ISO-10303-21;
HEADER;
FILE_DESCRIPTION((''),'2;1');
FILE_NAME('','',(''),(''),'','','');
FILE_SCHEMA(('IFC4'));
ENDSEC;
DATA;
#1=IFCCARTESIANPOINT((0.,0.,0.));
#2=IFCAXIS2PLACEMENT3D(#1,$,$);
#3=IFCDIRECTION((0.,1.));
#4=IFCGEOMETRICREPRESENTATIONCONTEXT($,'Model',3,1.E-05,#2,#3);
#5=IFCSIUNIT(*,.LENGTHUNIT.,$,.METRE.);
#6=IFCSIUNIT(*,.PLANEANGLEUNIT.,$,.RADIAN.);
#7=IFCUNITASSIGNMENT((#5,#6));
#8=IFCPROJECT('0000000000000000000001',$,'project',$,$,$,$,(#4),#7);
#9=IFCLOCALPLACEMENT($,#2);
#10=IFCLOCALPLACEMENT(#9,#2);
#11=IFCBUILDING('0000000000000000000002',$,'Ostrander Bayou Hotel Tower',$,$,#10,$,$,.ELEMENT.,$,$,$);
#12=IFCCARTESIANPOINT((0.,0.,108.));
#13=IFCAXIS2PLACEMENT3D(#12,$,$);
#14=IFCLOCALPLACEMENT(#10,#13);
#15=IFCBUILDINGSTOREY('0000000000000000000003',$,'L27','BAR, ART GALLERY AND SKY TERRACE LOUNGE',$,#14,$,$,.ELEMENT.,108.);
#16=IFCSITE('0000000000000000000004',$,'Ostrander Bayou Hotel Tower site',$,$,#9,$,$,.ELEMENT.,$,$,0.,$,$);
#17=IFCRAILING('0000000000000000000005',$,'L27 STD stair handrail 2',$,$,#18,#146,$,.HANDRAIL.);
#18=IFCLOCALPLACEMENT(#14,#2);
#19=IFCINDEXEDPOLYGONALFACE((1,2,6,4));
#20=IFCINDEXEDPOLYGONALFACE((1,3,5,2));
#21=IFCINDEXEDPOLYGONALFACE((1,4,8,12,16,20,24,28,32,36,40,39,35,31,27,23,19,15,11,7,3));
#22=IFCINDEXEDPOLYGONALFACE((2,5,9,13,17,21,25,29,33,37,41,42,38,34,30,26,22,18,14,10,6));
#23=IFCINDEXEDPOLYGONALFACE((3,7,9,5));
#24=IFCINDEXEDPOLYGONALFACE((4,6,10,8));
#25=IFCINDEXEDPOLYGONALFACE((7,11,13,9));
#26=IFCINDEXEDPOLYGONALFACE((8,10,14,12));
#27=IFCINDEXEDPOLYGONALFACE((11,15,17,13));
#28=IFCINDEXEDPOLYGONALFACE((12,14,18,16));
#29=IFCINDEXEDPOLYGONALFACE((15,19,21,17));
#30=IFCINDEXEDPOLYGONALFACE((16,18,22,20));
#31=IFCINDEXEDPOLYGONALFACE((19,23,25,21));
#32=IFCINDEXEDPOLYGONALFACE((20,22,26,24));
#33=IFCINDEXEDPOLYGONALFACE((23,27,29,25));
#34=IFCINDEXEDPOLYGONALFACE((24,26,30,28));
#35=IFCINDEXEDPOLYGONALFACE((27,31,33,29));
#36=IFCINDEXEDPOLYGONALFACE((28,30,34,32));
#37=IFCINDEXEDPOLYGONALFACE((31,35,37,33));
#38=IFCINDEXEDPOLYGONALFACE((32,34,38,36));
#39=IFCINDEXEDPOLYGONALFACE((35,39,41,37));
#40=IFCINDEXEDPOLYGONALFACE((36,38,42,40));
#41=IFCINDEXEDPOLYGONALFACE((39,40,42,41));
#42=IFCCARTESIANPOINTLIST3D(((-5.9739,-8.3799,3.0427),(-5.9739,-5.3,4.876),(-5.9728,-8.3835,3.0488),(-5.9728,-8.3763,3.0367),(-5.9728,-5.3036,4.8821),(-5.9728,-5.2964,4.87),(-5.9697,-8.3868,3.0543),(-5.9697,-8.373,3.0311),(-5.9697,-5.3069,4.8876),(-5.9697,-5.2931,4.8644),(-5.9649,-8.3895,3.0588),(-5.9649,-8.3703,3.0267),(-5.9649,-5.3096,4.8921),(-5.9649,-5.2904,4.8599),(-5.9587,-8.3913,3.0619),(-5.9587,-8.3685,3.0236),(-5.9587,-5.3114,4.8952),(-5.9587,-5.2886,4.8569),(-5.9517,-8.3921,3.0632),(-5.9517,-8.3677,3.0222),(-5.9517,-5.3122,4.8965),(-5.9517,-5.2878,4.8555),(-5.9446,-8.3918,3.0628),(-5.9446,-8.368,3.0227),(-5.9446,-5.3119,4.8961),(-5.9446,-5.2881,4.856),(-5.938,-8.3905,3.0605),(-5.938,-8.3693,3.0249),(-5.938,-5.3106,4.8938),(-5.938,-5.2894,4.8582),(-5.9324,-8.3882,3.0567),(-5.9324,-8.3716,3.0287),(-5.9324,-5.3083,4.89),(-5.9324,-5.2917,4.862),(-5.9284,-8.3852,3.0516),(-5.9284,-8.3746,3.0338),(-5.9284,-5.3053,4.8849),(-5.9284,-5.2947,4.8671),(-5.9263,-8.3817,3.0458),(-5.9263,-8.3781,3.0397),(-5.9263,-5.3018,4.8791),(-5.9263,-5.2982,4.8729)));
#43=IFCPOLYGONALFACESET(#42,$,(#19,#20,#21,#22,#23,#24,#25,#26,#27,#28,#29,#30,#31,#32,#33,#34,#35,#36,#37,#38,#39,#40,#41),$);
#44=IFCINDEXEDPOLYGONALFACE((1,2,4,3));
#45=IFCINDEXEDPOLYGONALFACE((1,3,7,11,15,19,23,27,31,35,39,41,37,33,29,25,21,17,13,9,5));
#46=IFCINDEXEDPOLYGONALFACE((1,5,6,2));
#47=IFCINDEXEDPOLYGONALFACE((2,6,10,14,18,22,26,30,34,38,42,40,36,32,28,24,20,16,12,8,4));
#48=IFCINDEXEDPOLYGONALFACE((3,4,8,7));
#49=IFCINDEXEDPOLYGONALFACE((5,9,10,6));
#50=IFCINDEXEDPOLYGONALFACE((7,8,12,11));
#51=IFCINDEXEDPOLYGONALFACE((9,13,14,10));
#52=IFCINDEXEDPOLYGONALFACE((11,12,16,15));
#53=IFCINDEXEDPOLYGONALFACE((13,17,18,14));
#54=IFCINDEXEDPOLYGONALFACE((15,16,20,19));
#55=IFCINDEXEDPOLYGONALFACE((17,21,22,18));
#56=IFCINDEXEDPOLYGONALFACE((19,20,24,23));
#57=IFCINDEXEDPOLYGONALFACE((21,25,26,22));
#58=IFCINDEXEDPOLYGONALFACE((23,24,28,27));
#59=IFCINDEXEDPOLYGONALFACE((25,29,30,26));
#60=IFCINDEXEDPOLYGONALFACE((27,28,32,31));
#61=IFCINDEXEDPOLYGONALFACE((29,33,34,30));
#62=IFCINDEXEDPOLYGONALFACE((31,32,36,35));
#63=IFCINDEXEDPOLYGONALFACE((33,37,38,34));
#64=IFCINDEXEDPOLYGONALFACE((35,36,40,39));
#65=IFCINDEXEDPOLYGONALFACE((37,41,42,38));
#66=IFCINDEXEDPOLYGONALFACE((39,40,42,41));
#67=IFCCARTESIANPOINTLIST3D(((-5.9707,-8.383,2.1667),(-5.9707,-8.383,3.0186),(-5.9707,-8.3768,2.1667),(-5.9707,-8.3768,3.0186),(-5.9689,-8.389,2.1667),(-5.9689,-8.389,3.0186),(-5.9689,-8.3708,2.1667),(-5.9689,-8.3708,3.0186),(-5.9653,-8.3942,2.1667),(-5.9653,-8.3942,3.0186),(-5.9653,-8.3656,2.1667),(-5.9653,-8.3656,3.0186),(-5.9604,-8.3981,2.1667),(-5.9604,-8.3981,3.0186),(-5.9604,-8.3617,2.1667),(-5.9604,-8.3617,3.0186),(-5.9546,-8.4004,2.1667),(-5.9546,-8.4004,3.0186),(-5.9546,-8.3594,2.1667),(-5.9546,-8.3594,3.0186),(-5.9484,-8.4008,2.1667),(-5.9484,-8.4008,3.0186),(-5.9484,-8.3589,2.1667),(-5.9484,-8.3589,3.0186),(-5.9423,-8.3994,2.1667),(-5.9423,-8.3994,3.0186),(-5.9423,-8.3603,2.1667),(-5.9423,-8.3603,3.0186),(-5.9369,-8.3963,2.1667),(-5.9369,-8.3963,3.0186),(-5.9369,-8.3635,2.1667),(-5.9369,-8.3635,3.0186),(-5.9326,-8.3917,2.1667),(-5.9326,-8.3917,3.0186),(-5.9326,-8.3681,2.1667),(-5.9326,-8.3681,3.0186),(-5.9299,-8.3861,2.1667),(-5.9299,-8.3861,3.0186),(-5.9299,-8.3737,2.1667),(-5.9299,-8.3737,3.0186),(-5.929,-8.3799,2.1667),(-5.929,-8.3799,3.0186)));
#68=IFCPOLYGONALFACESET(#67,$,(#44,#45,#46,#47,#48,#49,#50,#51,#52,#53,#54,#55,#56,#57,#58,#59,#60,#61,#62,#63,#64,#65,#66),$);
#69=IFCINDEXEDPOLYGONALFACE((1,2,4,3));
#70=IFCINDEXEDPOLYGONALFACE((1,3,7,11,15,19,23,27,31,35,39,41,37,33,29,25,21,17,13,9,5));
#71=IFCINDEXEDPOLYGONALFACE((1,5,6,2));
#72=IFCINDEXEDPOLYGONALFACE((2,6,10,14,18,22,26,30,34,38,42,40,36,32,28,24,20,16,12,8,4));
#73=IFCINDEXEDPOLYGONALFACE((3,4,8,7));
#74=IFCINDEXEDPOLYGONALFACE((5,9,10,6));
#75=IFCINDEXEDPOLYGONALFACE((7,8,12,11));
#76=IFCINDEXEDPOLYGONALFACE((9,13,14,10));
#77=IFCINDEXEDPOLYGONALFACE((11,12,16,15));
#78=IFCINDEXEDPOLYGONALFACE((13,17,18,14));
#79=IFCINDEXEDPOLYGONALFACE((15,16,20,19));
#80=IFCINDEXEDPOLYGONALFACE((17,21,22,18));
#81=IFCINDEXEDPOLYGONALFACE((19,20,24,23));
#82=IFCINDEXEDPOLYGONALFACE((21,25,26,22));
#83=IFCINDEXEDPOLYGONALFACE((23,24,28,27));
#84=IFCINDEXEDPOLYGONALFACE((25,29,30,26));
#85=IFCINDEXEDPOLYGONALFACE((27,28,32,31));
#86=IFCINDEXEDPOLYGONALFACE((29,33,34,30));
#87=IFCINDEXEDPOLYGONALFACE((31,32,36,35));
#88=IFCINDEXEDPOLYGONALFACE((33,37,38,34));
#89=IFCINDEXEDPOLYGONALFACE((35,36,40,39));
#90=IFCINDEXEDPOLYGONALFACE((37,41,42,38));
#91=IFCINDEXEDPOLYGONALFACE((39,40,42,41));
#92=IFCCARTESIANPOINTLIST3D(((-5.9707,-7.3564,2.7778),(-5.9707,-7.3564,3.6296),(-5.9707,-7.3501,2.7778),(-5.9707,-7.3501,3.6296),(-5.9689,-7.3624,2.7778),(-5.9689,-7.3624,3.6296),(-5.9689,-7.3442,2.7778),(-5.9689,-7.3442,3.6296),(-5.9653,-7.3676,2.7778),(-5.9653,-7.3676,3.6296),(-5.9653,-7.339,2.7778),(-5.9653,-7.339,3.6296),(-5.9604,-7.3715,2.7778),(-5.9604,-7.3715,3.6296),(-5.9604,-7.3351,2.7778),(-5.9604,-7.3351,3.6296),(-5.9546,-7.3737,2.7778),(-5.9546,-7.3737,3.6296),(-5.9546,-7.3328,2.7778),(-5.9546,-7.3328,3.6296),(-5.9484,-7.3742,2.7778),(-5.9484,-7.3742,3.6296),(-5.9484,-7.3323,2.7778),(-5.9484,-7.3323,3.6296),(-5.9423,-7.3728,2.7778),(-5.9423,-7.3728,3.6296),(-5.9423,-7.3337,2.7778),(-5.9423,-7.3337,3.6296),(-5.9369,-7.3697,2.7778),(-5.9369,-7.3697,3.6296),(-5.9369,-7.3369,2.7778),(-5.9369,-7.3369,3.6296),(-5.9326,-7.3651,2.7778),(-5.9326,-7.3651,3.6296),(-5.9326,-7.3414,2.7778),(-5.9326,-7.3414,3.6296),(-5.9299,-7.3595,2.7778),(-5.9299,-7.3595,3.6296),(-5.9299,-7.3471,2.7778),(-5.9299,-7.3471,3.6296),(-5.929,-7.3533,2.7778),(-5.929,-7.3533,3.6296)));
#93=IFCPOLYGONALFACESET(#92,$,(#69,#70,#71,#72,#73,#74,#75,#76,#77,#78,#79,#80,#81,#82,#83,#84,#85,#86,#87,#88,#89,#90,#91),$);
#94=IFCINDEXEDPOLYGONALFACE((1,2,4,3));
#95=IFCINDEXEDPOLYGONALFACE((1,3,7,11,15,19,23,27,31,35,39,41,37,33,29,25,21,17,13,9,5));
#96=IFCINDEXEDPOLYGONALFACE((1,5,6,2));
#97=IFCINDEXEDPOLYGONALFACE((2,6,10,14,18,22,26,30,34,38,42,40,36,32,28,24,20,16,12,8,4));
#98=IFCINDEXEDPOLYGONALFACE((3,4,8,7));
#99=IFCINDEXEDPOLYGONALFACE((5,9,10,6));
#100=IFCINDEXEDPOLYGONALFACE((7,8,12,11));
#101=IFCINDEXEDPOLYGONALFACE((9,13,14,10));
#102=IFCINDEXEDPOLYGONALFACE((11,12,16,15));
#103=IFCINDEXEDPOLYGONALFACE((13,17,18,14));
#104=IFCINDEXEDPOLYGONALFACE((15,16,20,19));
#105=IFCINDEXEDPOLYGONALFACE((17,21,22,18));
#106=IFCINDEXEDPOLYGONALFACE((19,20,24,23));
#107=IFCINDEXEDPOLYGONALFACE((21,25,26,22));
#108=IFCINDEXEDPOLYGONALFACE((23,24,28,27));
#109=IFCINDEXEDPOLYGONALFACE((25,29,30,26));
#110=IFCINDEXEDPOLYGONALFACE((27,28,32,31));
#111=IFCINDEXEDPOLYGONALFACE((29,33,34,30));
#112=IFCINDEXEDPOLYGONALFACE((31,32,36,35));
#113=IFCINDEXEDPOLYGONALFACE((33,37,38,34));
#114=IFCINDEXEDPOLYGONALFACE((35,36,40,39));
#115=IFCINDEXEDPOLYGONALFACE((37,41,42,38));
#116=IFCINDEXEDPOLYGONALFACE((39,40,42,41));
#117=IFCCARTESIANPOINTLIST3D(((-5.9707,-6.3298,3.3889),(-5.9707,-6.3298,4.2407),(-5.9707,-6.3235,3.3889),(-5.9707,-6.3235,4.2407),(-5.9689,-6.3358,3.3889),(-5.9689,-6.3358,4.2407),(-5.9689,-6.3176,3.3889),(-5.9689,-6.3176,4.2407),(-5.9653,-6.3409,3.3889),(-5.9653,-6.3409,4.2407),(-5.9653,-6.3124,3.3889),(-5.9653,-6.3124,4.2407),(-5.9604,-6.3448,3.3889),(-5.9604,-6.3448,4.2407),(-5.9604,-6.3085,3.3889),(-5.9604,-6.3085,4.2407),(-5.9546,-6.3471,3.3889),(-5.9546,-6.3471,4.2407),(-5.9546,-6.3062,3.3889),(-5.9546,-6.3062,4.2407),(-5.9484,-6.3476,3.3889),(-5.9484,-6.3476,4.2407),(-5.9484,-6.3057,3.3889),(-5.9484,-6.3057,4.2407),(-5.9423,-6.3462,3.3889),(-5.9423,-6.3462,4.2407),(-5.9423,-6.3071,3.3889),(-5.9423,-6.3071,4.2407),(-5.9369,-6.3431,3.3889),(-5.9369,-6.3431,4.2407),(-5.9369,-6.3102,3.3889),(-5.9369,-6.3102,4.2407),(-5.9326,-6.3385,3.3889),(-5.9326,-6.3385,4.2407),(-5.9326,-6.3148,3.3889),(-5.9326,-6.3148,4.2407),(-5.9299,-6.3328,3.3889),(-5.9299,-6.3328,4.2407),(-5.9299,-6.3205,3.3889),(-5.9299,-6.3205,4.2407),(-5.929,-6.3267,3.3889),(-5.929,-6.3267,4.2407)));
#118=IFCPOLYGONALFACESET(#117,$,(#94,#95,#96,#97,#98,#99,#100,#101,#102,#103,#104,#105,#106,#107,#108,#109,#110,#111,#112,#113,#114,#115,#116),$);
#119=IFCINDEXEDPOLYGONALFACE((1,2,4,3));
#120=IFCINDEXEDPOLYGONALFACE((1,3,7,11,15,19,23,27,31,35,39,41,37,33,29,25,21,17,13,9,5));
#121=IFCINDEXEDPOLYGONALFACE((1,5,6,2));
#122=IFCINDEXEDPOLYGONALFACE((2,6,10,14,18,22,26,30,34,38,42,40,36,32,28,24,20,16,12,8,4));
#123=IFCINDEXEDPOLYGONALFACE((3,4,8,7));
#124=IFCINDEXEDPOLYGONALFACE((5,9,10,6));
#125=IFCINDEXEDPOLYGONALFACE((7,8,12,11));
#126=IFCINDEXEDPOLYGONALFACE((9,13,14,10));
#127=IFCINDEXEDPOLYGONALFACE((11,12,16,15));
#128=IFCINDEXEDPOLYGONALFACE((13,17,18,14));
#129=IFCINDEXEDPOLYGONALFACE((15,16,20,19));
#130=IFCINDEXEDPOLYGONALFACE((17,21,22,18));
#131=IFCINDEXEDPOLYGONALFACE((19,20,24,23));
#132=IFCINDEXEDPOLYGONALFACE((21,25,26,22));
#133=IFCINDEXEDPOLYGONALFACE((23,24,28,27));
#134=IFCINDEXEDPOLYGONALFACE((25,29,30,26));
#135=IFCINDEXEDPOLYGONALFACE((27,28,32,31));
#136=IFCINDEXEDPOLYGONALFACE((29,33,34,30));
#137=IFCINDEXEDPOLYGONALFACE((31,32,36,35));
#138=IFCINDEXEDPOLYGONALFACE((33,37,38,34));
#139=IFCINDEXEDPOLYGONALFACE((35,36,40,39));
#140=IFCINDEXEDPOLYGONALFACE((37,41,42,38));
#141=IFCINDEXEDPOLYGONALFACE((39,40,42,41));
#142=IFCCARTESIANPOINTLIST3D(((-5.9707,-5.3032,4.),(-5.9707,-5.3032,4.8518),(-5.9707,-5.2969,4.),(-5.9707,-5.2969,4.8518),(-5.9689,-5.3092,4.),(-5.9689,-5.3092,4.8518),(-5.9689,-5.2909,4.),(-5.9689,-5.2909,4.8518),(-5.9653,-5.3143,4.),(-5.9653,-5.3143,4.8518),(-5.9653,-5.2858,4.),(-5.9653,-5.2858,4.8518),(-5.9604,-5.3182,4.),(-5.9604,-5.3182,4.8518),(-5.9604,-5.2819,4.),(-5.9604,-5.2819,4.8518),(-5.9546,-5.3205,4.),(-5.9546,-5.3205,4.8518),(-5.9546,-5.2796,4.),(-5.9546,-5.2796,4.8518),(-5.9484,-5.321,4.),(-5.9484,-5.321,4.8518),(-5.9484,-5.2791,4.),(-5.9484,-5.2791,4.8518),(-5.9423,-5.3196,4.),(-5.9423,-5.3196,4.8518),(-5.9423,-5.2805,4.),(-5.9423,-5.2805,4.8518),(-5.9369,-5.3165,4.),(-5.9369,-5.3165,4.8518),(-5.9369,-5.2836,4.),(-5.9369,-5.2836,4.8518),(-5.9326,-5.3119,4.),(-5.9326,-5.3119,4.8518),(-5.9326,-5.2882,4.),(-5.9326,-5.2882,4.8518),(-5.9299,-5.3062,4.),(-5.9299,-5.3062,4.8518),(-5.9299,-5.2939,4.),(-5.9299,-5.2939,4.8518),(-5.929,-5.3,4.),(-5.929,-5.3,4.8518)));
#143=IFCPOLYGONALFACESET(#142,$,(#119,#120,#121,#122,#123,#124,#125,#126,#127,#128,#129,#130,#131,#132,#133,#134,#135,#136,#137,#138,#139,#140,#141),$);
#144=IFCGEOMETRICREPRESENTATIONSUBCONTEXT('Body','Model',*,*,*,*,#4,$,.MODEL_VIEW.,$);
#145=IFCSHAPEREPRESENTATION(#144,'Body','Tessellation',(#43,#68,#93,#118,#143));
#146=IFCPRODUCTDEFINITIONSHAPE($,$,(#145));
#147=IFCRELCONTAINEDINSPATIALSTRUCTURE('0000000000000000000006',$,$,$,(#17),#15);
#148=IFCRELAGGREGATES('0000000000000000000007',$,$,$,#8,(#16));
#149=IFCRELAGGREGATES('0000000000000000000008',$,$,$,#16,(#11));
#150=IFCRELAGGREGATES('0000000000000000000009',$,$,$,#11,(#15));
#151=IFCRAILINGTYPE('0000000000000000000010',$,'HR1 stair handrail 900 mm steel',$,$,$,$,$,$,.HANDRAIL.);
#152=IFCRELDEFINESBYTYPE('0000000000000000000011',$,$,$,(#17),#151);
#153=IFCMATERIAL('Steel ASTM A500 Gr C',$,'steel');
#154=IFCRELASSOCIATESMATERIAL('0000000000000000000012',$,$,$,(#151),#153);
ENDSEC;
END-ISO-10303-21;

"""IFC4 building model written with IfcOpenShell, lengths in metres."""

from ifc_helpers import new_model, si_unit, direction, frame, origin, origin_2d, place, context, subcontext, project, spatial, circle, extrude, material, type_object, element, save


model = new_model("IFC4")

# Units and contexts
model_context = context("Model", 3, precision=1e-05, world=origin(), true_north=direction((0.0, 1.0)))
body_context = subcontext(model_context, "Body", "Model", "MODEL_VIEW")
ifc_project = project(units=[si_unit("LENGTHUNIT", "METRE"), si_unit("PLANEANGLEUNIT", "RADIAN")], contexts=[model_context])

# Site, building, storey
site_placement = place(None, origin())
site = spatial("IfcSite", under=ifc_project, at=site_placement, Name="Ostrander Bayou Hotel Tower site", CompositionType="ELEMENT", RefElevation=0.0)
building_placement = place(site_placement, origin())
building = spatial("IfcBuilding", under=site, at=building_placement, Name="Ostrander Bayou Hotel Tower", CompositionType="ELEMENT")
storey_placement = place(building_placement, frame((0.0, 0.0, 108.0)))
storey = spatial("IfcBuildingStorey", under=building, at=storey_placement, Name="L27", Description="BAR, ART GALLERY AND SKY TERRACE LOUNGE", CompositionType="ELEMENT", Elevation=108.0)

# Railing
ifc_material_1 = material(Name="Steel ASTM A500 Gr C", Category="steel")
railing_type_1 = type_object("IfcRailingType", Name="HR1 stair handrail 900 mm steel", PredefinedType="HANDRAIL", material=ifc_material_1)
railing_1_placement = place(storey_placement, frame((-5.95, -8.3799, 2.1667)))
element("IfcRailing", 1, at=railing_1_placement, inside=storey, type_object=railing_type_1, Name="L27 STD stair handrail 2", PredefinedType="HANDRAIL", context=body_context, shape_type="SweptSolid", body=[
    extrude(circle(Radius=0.0239, at=origin_2d()), frame((0.0, 0.0, 0.876), z_axis=(0.0, 0.859291, 0.511487), x_axis=(-1.0, 0.0, 0.0)), (0.0, 0.0, 1.0), 3.5842),
    extrude(circle(Radius=0.021, at=origin_2d()), origin(), (0.0, 0.0, 1.0), 0.8518),
    extrude(circle(Radius=0.021, at=origin_2d()), frame((0.0, 1.0266, 0.6111)), (0.0, 0.0, 1.0), 0.8518),
    extrude(circle(Radius=0.021, at=origin_2d()), frame((0.0, 2.0532, 1.2222)), (0.0, 0.0, 1.0), 0.8518),
    extrude(circle(Radius=0.021, at=origin_2d()), frame((0.0, 3.0798, 1.8333)), (0.0, 0.0, 1.0), 0.8518),
])

save(model, "model.ifc")
